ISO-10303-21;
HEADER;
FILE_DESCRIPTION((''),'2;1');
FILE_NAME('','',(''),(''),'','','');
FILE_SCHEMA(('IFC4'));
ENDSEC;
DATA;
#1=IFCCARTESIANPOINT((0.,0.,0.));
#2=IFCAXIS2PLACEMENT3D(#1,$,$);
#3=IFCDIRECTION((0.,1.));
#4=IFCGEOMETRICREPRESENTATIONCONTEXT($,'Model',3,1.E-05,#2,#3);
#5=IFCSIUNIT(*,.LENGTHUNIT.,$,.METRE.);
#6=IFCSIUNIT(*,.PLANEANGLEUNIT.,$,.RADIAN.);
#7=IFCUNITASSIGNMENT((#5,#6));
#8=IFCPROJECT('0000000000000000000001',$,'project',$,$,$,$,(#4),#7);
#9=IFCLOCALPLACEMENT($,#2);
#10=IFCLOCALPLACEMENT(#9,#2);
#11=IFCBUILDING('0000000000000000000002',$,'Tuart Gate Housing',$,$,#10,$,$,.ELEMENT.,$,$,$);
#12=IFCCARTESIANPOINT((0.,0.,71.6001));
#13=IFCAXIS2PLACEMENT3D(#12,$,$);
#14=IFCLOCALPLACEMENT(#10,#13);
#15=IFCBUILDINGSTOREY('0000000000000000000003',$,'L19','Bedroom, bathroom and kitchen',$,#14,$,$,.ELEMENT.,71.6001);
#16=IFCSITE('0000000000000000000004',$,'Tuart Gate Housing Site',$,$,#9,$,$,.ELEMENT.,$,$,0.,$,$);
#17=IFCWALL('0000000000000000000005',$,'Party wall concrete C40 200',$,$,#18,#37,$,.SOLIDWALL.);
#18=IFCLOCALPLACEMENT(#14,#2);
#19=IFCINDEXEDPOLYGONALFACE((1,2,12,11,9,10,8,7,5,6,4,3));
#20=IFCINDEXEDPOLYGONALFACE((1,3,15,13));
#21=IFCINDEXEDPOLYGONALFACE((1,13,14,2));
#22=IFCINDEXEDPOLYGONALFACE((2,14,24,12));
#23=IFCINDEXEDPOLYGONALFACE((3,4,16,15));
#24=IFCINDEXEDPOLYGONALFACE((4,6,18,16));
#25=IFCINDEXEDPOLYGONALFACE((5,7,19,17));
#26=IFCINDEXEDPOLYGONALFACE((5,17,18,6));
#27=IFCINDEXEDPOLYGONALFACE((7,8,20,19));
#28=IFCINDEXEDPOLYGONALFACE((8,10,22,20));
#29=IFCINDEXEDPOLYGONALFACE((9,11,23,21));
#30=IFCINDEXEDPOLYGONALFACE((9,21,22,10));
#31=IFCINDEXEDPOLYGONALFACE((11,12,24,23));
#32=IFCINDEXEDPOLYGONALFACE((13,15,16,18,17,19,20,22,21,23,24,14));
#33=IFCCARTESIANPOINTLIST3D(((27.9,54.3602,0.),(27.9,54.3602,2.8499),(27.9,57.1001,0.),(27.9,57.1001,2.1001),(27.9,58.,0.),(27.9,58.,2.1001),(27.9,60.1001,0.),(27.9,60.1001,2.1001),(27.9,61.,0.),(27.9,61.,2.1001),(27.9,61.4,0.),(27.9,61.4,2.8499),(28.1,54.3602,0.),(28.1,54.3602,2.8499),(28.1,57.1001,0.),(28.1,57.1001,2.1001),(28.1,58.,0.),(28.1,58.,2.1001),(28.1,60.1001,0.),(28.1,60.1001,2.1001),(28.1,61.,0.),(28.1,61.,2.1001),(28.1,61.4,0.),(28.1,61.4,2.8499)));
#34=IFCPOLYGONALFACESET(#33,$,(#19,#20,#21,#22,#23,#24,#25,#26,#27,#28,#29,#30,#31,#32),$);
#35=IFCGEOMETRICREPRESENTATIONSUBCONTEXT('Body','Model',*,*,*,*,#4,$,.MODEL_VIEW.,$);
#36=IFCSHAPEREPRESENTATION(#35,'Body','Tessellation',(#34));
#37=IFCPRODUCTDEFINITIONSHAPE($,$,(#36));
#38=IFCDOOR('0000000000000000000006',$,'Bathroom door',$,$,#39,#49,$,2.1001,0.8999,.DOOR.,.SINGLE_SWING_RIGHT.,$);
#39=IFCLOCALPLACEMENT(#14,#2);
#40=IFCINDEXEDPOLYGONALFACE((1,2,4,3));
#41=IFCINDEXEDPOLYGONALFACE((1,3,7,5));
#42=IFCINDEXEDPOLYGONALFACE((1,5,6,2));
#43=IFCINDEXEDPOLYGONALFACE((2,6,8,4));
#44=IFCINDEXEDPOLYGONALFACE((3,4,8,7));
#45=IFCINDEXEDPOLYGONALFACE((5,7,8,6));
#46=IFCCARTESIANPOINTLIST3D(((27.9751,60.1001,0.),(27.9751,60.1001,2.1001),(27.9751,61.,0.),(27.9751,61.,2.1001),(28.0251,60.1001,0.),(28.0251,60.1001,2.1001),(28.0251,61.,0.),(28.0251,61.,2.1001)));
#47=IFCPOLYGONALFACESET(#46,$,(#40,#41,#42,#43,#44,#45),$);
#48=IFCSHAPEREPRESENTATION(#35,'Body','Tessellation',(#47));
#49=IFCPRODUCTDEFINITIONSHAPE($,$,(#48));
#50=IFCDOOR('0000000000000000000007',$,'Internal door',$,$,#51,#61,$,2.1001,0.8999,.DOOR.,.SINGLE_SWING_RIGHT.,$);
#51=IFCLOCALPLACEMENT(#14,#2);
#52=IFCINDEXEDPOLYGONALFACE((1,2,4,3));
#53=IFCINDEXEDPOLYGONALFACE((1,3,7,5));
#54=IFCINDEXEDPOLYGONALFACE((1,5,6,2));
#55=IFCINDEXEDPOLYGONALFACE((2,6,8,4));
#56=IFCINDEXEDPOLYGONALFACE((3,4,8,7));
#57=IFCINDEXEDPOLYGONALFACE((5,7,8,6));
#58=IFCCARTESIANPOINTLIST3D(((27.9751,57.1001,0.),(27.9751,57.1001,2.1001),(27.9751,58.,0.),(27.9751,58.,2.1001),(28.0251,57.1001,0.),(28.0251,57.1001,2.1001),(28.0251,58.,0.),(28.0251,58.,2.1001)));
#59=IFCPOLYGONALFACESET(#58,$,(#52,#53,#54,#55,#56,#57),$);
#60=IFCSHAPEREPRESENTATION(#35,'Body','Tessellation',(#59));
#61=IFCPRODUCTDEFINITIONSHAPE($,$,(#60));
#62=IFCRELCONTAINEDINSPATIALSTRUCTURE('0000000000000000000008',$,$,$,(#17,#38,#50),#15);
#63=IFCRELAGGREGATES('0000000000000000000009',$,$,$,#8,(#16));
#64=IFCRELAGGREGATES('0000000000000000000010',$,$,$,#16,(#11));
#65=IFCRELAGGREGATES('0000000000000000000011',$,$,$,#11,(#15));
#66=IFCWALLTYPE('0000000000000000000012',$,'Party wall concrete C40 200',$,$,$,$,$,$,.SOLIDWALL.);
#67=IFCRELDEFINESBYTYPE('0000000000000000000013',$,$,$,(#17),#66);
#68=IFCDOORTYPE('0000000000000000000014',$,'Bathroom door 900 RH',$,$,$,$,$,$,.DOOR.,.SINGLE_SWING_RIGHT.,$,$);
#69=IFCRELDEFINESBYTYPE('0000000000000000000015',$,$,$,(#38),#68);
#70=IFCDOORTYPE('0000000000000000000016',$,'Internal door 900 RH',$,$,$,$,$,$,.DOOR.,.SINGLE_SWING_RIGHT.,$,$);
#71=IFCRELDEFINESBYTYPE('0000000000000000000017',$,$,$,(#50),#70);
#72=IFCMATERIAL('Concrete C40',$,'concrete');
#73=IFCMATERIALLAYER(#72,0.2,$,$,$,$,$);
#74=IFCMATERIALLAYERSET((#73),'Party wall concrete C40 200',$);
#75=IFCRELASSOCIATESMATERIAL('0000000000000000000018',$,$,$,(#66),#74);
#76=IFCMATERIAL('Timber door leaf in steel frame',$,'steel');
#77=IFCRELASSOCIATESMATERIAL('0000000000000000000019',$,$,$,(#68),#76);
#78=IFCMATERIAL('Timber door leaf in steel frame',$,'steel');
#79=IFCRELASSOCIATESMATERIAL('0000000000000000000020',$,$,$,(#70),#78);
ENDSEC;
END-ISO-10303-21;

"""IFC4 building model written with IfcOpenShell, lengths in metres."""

from ifc_helpers import new_model, si_unit, direction, frame, frame_2d, origin, place, context, subcontext, project, spatial, rectangle, extrude, material, layer, layer_set, type_object, element, fill, save


model = new_model("IFC4")

# Units and contexts
model_context = context("Model", 3, precision=1e-05, world=origin(), true_north=direction((0.0, 1.0)))
body_context = subcontext(model_context, "Body", "Model", "MODEL_VIEW")
ifc_project = project(units=[si_unit("LENGTHUNIT", "METRE"), si_unit("PLANEANGLEUNIT", "RADIAN")], contexts=[model_context])

# Site, building, storey
site_placement = place(None, origin())
site = spatial("IfcSite", under=ifc_project, at=site_placement, Name="Tuart Gate Housing Site", CompositionType="ELEMENT", RefElevation=0.0)
building_placement = place(site_placement, origin())
building = spatial("IfcBuilding", under=site, at=building_placement, Name="Tuart Gate Housing", CompositionType="ELEMENT")
storey_placement = place(building_placement, frame((0.0, 0.0, 71.6001)))
storey = spatial("IfcBuildingStorey", under=building, at=storey_placement, Name="L19", Description="Bedroom, bathroom and kitchen", CompositionType="ELEMENT", Elevation=71.6001)

# Wall, openings, doors
ifc_material_1 = material(Name="Concrete C40", Category="concrete")
ifc_layer_1 = layer(ifc_material_1, 0.2)
ifc_layer_set_1 = layer_set([ifc_layer_1], Name="Party wall concrete C40 200")
wall_type_1 = type_object("IfcWallType", Name="Party wall concrete C40 200", PredefinedType="SOLIDWALL", material=ifc_layer_set_1)
wall_1_placement = place(storey_placement, frame((28.0, 54.3601, 0.0), z_axis=(0.0, 0.0, 1.0), x_axis=(0.0, 1.0, 0.0)))
wall_1 = element("IfcWall", 1, at=wall_1_placement, inside=storey, type_object=wall_type_1, Name="Party wall concrete C40 200", PredefinedType="SOLIDWALL", context=body_context, shape_type="SweptSolid", body=[
    extrude(rectangle(XDim=7.0398, YDim=0.2, at=frame_2d((3.52, 0.0))), origin(), (0.0, 0.0, 1.0), 2.8499),
])
opening_1_placement = place(wall_1_placement, frame((2.74, 0.0, 0.0)))
opening_1 = element("IfcOpeningElement", 2, at=opening_1_placement, cuts=wall_1, PredefinedType="OPENING", context=body_context, shape_type="SweptSolid", body=[
    extrude(rectangle(XDim=0.8999, YDim=2.1001, at=frame_2d((0.45, 1.05))), frame((0.0, 0.1099, 0.0), z_axis=(0.0, -1.0, 0.0), x_axis=(1.0, 0.0, 0.0)), (0.0, 0.0, 1.0), 0.22),
])
opening_2_placement = place(wall_1_placement, frame((5.74, 0.0, 0.0)))
opening_2 = element("IfcOpeningElement", 3, at=opening_2_placement, cuts=wall_1, PredefinedType="OPENING", context=body_context, shape_type="SweptSolid", body=[
    extrude(rectangle(XDim=0.8999, YDim=2.1001, at=frame_2d((0.45, 1.05))), frame((0.0, 0.1099, 0.0), z_axis=(0.0, -1.0, 0.0), x_axis=(1.0, 0.0, 0.0)), (0.0, 0.0, 1.0), 0.22),
])
ifc_material_2 = material(Name="Timber door leaf in steel frame", Category="steel")
door_type_1 = type_object("IfcDoorType", Name="Bathroom door 900 RH", OperationType="SINGLE_SWING_RIGHT", PredefinedType="DOOR", material=ifc_material_2)
door_1_placement = place(opening_2_placement, origin())
door_1 = element("IfcDoor", 4, at=door_1_placement, inside=storey, type_object=door_type_1, Name="Bathroom door", OperationType="SINGLE_SWING_RIGHT", OverallHeight=2.1001, OverallWidth=0.8999, PredefinedType="DOOR", context=body_context, shape_type="SweptSolid", body=[
    extrude(rectangle(XDim=0.8999, YDim=2.1001, at=frame_2d((0.45, 1.05))), frame((0.0, 0.0249, 0.0), z_axis=(0.0, -1.0, 0.0), x_axis=(1.0, 0.0, 0.0)), (0.0, 0.0, 1.0), 0.05),
])
fill(opening_2, door_1)
ifc_material_3 = material(Name="Timber door leaf in steel frame", Category="steel")
door_type_2 = type_object("IfcDoorType", Name="Internal door 900 RH", OperationType="SINGLE_SWING_RIGHT", PredefinedType="DOOR", material=ifc_material_3)
door_2_placement = place(opening_1_placement, origin())
door_2 = element("IfcDoor", 5, at=door_2_placement, inside=storey, type_object=door_type_2, Name="Internal door", OperationType="SINGLE_SWING_RIGHT", OverallHeight=2.1001, OverallWidth=0.8999, PredefinedType="DOOR", context=body_context, shape_type="SweptSolid", body=[
    extrude(rectangle(XDim=0.8999, YDim=2.1001, at=frame_2d((0.45, 1.05))), frame((0.0, 0.0249, 0.0), z_axis=(0.0, -1.0, 0.0), x_axis=(1.0, 0.0, 0.0)), (0.0, 0.0, 1.0), 0.05),
])
fill(opening_1, door_2)

save(model, "model.ifc")
